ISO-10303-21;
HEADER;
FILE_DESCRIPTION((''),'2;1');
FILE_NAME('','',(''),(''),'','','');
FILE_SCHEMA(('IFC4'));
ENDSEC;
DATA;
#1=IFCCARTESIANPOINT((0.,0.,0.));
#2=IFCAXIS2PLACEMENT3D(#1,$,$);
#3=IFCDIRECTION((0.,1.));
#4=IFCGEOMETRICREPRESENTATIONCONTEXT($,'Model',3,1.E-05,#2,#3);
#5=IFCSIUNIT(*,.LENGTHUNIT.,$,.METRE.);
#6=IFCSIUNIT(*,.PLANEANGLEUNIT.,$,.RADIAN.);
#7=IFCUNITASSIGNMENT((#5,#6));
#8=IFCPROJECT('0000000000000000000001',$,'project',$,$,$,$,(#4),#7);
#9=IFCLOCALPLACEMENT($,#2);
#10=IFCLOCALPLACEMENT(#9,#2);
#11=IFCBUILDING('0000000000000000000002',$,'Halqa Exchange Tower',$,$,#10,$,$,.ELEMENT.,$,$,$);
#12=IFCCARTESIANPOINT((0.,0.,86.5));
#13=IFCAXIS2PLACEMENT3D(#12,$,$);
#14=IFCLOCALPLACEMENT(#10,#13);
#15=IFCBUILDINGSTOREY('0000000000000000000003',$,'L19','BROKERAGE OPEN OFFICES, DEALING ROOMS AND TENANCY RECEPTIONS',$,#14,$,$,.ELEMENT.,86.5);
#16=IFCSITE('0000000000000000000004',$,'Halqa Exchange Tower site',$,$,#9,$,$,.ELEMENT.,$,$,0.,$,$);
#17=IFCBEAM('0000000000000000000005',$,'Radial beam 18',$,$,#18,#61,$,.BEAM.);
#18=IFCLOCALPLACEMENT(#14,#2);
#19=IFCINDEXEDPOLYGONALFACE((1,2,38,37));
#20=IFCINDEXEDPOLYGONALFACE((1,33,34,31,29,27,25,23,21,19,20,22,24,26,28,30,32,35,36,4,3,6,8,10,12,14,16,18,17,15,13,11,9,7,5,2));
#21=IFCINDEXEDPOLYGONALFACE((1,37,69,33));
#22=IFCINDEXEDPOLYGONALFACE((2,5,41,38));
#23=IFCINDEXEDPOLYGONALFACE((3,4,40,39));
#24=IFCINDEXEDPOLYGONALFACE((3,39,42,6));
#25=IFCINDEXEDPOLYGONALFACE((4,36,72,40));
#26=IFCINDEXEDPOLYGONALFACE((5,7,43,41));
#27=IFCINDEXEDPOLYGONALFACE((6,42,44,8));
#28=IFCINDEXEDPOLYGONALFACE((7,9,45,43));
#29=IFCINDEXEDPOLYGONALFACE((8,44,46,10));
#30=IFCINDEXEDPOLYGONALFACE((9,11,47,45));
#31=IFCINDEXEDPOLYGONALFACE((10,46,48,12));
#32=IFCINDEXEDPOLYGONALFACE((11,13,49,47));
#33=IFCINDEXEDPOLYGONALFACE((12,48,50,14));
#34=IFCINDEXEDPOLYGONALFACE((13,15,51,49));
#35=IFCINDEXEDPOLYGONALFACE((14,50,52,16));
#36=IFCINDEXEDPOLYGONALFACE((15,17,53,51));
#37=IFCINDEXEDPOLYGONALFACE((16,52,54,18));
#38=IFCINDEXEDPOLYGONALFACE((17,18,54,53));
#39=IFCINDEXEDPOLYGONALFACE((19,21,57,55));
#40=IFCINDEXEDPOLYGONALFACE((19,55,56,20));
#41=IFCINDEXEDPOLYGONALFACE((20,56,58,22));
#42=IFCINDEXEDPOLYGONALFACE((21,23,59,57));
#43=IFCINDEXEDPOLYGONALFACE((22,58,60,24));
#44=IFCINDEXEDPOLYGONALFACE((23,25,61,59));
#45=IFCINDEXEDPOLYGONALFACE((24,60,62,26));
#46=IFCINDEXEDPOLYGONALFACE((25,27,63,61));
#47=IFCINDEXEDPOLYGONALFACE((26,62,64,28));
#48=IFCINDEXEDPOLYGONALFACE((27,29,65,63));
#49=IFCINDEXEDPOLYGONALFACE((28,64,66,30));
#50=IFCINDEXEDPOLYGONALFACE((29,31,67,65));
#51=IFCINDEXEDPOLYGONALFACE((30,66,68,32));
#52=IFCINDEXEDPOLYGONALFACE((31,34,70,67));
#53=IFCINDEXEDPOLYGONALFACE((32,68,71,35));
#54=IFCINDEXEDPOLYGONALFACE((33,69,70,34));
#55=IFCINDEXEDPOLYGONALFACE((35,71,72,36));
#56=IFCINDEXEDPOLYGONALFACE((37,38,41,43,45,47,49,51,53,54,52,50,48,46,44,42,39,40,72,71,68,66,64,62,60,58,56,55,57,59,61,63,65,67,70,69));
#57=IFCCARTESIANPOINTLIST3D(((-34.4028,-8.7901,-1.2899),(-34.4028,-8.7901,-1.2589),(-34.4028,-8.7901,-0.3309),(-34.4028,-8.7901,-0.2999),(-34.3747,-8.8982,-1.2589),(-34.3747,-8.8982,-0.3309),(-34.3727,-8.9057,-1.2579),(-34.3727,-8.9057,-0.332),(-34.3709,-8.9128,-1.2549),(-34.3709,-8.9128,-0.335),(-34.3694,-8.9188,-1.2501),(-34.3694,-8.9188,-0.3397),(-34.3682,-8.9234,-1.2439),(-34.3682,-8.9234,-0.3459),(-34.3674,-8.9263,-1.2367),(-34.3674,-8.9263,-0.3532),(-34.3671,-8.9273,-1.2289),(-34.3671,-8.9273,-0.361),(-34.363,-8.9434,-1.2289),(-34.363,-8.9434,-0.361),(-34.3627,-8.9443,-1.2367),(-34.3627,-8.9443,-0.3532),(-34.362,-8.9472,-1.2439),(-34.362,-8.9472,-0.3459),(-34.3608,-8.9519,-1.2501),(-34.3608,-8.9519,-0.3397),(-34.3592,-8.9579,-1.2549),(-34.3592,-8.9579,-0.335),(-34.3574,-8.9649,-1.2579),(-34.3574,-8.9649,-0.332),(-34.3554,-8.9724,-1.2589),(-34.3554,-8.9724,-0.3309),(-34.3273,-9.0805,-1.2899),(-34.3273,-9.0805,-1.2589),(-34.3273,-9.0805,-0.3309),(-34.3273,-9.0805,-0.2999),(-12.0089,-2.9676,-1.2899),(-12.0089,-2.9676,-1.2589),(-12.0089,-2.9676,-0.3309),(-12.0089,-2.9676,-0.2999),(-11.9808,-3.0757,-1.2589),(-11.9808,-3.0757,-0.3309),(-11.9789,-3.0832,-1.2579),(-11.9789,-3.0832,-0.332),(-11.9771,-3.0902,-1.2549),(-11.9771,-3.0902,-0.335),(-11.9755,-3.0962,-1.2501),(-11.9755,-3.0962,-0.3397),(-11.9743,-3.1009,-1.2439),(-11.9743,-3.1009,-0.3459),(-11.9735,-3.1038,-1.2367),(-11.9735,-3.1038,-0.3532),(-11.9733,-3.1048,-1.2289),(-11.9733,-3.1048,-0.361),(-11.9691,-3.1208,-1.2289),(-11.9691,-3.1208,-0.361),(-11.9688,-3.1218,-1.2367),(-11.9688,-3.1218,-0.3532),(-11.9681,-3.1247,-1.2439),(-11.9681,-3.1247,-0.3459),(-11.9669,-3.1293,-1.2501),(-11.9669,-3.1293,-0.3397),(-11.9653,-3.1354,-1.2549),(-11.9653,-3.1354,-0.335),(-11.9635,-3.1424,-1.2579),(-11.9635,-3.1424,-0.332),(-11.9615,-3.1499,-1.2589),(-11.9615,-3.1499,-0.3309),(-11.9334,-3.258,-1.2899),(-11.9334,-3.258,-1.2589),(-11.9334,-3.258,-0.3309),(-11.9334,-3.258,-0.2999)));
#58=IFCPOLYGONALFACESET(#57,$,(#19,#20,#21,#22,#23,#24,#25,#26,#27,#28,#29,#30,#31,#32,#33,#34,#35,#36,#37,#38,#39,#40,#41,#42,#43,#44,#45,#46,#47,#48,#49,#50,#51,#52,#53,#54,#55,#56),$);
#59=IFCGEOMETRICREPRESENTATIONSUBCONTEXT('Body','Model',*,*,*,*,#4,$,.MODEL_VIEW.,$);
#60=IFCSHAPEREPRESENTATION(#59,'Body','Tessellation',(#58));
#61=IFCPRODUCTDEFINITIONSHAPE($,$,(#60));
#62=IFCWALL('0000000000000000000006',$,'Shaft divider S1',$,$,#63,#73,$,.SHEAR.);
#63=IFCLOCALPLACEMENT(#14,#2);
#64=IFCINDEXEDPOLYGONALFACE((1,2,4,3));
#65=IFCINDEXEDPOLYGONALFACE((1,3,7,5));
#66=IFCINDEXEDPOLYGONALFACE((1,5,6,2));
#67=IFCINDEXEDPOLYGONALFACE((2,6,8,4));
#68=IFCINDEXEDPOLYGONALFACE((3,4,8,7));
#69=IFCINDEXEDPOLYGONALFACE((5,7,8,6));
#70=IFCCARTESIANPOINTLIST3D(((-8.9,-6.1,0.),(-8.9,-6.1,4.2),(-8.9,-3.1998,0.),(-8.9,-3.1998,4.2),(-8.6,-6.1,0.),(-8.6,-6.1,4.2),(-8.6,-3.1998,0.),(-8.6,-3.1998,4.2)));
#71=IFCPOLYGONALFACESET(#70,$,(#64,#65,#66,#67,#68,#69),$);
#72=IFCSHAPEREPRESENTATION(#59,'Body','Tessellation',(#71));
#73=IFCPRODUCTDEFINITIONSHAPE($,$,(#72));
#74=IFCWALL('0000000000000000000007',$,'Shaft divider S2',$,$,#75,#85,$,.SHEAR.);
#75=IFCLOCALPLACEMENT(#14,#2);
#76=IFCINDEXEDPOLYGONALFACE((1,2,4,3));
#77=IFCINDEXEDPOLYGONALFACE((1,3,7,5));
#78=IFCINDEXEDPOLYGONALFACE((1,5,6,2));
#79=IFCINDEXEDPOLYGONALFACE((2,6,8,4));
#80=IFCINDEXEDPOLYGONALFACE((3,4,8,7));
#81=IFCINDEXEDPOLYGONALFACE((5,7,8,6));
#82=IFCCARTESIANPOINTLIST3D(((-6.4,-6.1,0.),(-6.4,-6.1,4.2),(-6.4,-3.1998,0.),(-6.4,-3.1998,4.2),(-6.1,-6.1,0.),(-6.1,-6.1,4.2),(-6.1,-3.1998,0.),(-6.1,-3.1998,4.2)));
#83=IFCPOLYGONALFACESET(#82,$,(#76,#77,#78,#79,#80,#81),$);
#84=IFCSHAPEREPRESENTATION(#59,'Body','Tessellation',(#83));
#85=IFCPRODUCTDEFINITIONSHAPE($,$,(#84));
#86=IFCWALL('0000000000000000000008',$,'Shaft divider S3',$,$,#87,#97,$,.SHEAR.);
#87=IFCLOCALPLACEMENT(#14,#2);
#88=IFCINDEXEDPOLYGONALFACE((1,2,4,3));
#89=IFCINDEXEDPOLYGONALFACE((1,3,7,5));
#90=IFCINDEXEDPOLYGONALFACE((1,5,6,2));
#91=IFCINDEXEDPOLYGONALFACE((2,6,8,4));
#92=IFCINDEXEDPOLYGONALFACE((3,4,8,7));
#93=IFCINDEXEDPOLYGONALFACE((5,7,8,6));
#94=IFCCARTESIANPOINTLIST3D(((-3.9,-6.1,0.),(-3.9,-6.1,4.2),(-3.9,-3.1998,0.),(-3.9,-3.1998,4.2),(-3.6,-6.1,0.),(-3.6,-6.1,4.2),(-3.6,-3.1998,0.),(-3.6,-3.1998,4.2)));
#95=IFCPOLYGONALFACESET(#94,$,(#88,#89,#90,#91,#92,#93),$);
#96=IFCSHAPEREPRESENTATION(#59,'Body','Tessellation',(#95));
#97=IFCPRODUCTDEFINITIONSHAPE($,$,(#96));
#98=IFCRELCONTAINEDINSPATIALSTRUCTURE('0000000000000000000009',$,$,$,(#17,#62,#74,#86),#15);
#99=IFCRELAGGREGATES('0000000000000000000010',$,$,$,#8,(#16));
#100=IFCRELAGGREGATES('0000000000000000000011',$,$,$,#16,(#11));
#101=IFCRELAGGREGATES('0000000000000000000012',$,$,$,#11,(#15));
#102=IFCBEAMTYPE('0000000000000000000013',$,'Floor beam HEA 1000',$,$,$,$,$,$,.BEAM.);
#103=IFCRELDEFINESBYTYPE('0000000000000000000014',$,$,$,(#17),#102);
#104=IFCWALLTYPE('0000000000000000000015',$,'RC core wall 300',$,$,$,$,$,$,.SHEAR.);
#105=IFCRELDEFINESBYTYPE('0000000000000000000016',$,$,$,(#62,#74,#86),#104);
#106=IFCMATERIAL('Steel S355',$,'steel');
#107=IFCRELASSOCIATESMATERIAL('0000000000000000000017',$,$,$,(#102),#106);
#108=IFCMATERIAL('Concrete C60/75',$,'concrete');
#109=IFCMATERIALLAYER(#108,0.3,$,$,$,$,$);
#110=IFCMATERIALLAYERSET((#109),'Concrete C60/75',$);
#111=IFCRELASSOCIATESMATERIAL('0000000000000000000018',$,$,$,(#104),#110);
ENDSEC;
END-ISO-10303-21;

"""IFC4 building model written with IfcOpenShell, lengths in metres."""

from ifc_helpers import new_model, si_unit, direction, frame, frame_2d, origin, origin_2d, place, context, subcontext, project, spatial, rectangle, i_section, extrude, material, layer, layer_set, material_profile, profile_set, type_object, element, save


model = new_model("IFC4")

# Units and contexts
model_context = context("Model", 3, precision=1e-05, world=origin(), true_north=direction((0.0, 1.0)))
body_context = subcontext(model_context, "Body", "Model", "MODEL_VIEW")
ifc_project = project(units=[si_unit("LENGTHUNIT", "METRE"), si_unit("PLANEANGLEUNIT", "RADIAN")], contexts=[model_context])

# Site, building, storey
site_placement = place(None, origin())
site = spatial("IfcSite", under=ifc_project, at=site_placement, Name="Halqa Exchange Tower site", CompositionType="ELEMENT", RefElevation=0.0)
building_placement = place(site_placement, origin())
building = spatial("IfcBuilding", under=site, at=building_placement, Name="Halqa Exchange Tower", CompositionType="ELEMENT")
storey_placement = place(building_placement, frame((0.0, 0.0, 86.5)))
storey = spatial("IfcBuildingStorey", under=building, at=storey_placement, Name="L19", Description="BROKERAGE OPEN OFFICES, DEALING ROOMS AND TENANCY RECEPTIONS", CompositionType="ELEMENT", Elevation=86.5)

# Beam
ifc_material_1 = material(Name="Steel S355", Category="steel")
ifc_material_profile = material_profile(ifc_material_1, i_section(OverallWidth=0.3, OverallDepth=0.99, WebThickness=0.0166, FlangeThickness=0.031, FilletRadius=0.03, at=origin_2d()), Name="HEA 1000")
ifc_profile_set = profile_set([ifc_material_profile], Name="Steel S355")
beam_type = type_object("IfcBeamType", Name="Floor beam HEA 1000", PredefinedType="BEAM", material=ifc_profile_set)
beam_placement = place(storey_placement, frame((-11.9712, -3.1128, -0.7949), z_axis=(-0.967821, -0.251639, 0.0), x_axis=(0.251639, -0.967821, 0.0)))
element("IfcBeam", 1, at=beam_placement, inside=storey, type_object=beam_type, Name="Radial beam 18", PredefinedType="BEAM", context=body_context, shape_type="SweptSolid", body=[
    extrude(i_section(OverallWidth=0.3, OverallDepth=0.99, WebThickness=0.0166, FlangeThickness=0.031, FilletRadius=0.03, at=origin_2d()), origin(), (0.0, 0.0, 1.0), 23.1384),
])

# Walls
ifc_material_2 = material(Name="Concrete C60/75", Category="concrete")
ifc_layer_1 = layer(ifc_material_2, 0.3)
ifc_layer_set_1 = layer_set([ifc_layer_1], Name="Concrete C60/75")
wall_type_1 = type_object("IfcWallType", Name="RC core wall 300", PredefinedType="SHEAR", material=ifc_layer_set_1)
for number, where, z_axis, x_axis, name in (
    (2, (-8.75, -6.1001, 0.0), (0.0, 0.0, 1.0), (0.0, 1.0, 0.0), "Shaft divider S1"),
    (3, (-6.25, -6.1001, 0.0), (0.0, 0.0, 1.0), (0.0, 1.0, 0.0), "Shaft divider S2"),
    (4, (-3.75, -6.1001, 0.0), (0.0, 0.0, 1.0), (0.0, 1.0, 0.0), "Shaft divider S3"),
):
    element("IfcWall", number, at=place(storey_placement, frame(where, z_axis=z_axis, x_axis=x_axis)), inside=storey, type_object=wall_type_1, Name=name, PredefinedType="SHEAR", context=body_context, shape_type="SweptSolid", body=[
        extrude(rectangle(XDim=2.9001, YDim=0.3, at=frame_2d((1.4502, 0.0))), origin(), (0.0, 0.0, 1.0), 4.2),
    ])

save(model, "model.ifc")
